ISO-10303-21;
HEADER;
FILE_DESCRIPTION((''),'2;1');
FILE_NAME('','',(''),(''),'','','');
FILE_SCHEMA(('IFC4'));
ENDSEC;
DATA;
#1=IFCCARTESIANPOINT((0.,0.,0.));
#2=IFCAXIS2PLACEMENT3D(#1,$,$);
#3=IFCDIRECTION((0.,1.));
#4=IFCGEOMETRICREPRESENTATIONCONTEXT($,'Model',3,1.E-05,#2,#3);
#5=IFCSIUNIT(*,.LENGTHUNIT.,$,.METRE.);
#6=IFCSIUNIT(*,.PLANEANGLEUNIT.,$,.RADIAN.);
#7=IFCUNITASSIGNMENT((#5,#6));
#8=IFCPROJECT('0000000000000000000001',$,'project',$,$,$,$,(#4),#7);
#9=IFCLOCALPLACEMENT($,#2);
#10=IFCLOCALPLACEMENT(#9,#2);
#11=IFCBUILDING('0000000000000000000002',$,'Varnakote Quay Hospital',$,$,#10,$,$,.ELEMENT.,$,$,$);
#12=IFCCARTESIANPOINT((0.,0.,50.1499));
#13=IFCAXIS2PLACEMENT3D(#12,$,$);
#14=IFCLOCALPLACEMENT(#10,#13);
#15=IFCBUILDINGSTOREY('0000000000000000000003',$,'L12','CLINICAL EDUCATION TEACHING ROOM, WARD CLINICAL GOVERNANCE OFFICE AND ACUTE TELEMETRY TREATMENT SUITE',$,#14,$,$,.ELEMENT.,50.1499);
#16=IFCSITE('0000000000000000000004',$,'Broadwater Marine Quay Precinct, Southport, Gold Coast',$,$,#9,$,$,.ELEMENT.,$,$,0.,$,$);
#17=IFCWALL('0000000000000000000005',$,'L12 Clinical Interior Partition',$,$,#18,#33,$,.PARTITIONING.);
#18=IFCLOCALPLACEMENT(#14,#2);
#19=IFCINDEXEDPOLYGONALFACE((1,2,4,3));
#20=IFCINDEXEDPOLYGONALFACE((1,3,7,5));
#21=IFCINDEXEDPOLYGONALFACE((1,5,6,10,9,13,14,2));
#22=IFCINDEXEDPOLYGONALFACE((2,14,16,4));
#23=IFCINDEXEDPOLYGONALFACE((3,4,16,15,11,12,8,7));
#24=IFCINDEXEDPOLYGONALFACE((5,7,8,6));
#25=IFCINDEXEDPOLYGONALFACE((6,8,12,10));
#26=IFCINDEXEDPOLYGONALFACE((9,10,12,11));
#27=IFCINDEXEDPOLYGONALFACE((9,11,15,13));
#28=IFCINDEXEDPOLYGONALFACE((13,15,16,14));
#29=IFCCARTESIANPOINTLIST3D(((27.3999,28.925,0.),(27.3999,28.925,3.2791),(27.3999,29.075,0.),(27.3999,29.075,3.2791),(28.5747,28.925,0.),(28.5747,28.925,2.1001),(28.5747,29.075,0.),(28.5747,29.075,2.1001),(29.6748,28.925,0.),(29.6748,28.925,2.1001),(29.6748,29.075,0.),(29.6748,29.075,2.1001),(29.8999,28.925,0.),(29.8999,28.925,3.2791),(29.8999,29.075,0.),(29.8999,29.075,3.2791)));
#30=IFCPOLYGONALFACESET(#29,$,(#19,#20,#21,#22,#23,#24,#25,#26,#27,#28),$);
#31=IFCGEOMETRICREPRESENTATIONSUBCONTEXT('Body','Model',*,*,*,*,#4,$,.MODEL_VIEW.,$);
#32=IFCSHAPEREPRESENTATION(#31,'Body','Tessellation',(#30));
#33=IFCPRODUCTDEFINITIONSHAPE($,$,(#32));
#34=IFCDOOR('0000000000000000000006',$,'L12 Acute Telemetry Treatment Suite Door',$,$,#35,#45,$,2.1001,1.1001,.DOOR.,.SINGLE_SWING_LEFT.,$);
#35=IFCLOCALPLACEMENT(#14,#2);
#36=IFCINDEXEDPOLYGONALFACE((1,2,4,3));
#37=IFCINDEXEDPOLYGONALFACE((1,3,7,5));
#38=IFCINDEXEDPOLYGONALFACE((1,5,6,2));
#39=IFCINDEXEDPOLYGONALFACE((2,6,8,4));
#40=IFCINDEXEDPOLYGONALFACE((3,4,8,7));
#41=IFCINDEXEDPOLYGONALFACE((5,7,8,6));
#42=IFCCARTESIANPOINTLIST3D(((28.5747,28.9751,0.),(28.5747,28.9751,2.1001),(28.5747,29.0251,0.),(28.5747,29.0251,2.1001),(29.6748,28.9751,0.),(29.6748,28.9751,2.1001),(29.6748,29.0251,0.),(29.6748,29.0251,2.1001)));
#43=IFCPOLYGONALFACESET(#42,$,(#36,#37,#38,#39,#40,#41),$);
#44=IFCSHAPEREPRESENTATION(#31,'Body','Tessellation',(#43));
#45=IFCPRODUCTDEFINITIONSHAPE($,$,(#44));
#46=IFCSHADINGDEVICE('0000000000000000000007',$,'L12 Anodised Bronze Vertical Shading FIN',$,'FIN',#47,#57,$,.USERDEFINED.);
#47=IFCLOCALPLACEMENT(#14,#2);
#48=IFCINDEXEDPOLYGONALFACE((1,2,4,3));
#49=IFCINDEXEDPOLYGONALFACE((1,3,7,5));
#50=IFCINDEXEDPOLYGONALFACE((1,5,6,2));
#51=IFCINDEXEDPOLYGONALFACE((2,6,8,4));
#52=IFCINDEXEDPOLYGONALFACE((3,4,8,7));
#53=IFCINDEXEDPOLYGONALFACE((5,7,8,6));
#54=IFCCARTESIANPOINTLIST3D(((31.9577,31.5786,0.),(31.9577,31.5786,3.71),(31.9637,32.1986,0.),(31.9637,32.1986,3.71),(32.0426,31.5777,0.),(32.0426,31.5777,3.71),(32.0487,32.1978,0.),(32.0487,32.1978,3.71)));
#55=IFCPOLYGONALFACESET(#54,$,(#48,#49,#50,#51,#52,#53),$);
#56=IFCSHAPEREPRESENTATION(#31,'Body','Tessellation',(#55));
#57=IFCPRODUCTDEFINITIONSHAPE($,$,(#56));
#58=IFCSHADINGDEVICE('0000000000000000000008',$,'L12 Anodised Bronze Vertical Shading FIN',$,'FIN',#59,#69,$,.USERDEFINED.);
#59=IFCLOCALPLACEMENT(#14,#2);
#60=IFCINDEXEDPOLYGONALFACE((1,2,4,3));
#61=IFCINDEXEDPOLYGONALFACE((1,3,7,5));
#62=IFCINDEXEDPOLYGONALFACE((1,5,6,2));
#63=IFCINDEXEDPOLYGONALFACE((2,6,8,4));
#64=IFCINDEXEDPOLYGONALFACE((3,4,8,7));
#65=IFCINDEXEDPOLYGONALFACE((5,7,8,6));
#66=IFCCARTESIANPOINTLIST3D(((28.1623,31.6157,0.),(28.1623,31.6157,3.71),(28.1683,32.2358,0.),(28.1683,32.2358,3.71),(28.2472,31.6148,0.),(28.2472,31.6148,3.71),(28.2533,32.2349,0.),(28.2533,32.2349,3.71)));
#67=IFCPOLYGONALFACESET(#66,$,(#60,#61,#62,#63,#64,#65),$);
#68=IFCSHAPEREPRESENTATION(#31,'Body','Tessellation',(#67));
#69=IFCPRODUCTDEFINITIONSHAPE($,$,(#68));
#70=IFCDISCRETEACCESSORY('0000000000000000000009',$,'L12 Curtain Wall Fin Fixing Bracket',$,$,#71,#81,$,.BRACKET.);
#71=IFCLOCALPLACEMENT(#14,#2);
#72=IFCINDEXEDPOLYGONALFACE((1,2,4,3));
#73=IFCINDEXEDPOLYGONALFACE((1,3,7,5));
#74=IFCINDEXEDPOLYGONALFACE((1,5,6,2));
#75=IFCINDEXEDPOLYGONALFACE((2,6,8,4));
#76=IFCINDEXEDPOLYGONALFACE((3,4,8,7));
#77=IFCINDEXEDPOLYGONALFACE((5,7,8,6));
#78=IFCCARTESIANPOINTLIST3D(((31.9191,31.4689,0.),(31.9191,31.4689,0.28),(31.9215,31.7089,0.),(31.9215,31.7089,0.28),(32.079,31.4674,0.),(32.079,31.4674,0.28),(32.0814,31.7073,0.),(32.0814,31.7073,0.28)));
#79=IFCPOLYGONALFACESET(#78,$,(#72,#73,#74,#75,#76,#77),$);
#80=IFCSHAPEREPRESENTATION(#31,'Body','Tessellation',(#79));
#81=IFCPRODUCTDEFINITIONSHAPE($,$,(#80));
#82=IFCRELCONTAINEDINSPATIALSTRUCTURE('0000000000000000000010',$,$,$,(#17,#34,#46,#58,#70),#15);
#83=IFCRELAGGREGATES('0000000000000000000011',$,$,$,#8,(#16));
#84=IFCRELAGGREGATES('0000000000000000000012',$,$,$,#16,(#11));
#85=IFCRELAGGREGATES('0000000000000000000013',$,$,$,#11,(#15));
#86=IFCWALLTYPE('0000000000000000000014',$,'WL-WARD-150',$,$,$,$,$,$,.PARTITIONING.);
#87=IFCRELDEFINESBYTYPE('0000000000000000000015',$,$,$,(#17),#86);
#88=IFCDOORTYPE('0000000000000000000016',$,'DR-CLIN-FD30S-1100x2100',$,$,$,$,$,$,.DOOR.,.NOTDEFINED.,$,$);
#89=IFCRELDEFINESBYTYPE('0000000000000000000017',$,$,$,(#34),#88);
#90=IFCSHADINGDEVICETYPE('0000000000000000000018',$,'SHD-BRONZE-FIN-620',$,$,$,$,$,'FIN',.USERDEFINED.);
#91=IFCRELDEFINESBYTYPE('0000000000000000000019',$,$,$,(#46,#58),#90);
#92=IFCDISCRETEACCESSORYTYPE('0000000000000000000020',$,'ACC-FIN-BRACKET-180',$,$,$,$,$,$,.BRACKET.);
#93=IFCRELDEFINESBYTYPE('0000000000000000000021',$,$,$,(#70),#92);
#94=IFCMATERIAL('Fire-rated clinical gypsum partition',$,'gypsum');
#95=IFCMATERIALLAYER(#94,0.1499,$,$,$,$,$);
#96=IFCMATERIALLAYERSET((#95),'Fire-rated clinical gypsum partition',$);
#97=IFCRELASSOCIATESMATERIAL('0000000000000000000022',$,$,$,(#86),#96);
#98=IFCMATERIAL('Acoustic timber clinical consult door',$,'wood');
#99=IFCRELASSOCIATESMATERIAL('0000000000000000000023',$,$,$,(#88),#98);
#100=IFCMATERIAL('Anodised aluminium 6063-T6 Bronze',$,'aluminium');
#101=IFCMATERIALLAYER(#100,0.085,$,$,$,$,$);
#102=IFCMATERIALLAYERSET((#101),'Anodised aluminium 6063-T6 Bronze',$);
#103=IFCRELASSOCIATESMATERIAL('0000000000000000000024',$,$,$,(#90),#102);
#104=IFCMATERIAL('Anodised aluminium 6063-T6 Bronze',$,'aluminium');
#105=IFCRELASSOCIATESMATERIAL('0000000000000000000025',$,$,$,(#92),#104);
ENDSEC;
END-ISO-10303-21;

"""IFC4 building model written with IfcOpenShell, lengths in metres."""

from ifc_helpers import new_model, si_unit, direction, frame, frame_2d, origin, origin_2d, place, context, subcontext, project, spatial, rectangle, extrude, material, layer, layer_set, type_object, element, fill, save


model = new_model("IFC4")

# Units and contexts
model_context = context("Model", 3, precision=1e-05, world=origin(), true_north=direction((0.0, 1.0)))
body_context = subcontext(model_context, "Body", "Model", "MODEL_VIEW")
ifc_project = project(units=[si_unit("LENGTHUNIT", "METRE"), si_unit("PLANEANGLEUNIT", "RADIAN")], contexts=[model_context])

# Site, building, storey
site_placement = place(None, origin())
site = spatial("IfcSite", under=ifc_project, at=site_placement, Name="Broadwater Marine Quay Precinct, Southport, Gold Coast", CompositionType="ELEMENT", RefElevation=0.0)
building_placement = place(site_placement, origin())
building = spatial("IfcBuilding", under=site, at=building_placement, Name="Varnakote Quay Hospital", CompositionType="ELEMENT")
storey_placement = place(building_placement, frame((0.0, 0.0, 50.1499)))
storey = spatial("IfcBuildingStorey", under=building, at=storey_placement, Name="L12", Description="CLINICAL EDUCATION TEACHING ROOM, WARD CLINICAL GOVERNANCE OFFICE AND ACUTE TELEMETRY TREATMENT SUITE", CompositionType="ELEMENT", Elevation=50.1499)

# Wall, opening, door
ifc_material_1 = material(Name="Fire-rated clinical gypsum partition", Category="gypsum")
ifc_layer_1 = layer(ifc_material_1, 0.1499)
ifc_layer_set_1 = layer_set([ifc_layer_1], Name="Fire-rated clinical gypsum partition")
wall_type_1 = type_object("IfcWallType", Name="WL-WARD-150", PredefinedType="PARTITIONING", material=ifc_layer_set_1)
ifc_material_2 = material(Name="Acoustic timber clinical consult door", Category="wood")
door_type = type_object("IfcDoorType", Name="DR-CLIN-FD30S-1100x2100", OperationType="NOTDEFINED", PredefinedType="DOOR", material=ifc_material_2)
wall_1_placement = place(storey_placement, frame((29.8999, 29.0, 0.0), z_axis=(0.0, 0.0, 1.0), x_axis=(-1.0, 0.0, 0.0)))
wall_1 = element("IfcWall", 1, at=wall_1_placement, inside=storey, type_object=wall_type_1, Name="L12 Clinical Interior Partition", PredefinedType="PARTITIONING", context=body_context, shape_type="SweptSolid", body=[
    extrude(rectangle(XDim=2.5, YDim=0.1499, at=frame_2d((1.25, 0.0))), origin(), (0.0, 0.0, 1.0), 3.2791),
])
opening_1_placement = place(wall_1_placement, frame((0.2251, 0.0, 0.0)))
opening_1 = element("IfcOpeningElement", 2, at=opening_1_placement, cuts=wall_1, PredefinedType="OPENING", context=body_context, shape_type="SweptSolid", body=[
    extrude(rectangle(XDim=1.1001, YDim=2.1001, at=frame_2d((0.55, 1.05))), frame((0.0, 0.085, 0.0), z_axis=(0.0, -1.0, 0.0), x_axis=(1.0, 0.0, 0.0)), (0.0, 0.0, 1.0), 0.1699),
])
door_1_placement = place(opening_1_placement, origin())
door_1 = element("IfcDoor", 3, at=door_1_placement, inside=storey, type_object=door_type, Name="L12 Acute Telemetry Treatment Suite Door", OperationType="SINGLE_SWING_LEFT", OverallHeight=2.1001, OverallWidth=1.1001, PredefinedType="DOOR", context=body_context, shape_type="SweptSolid", body=[
    extrude(rectangle(XDim=1.1001, YDim=2.1001, at=frame_2d((0.55, 1.05))), frame((0.0, 0.0249, 0.0), z_axis=(0.0, -1.0, 0.0), x_axis=(1.0, 0.0, 0.0)), (0.0, 0.0, 1.0), 0.05),
])
fill(opening_1, door_1)

# Shading devices
ifc_material_3 = material(Name="Anodised aluminium 6063-T6 Bronze", Category="aluminium")
ifc_layer_2 = layer(ifc_material_3, 0.085)
ifc_layer_set_2 = layer_set([ifc_layer_2], Name="Anodised aluminium 6063-T6 Bronze")
shading_device_type = type_object("IfcShadingDeviceType", Name="SHD-BRONZE-FIN-620", ElementType="FIN", PredefinedType="USERDEFINED", material=ifc_layer_set_2)
for number, where, z_axis, x_axis, name in (
    (4, (32.0032, 31.8882, 0.0), (0.0, 0.0, 1.0), (-0.009774, -0.999952, 0.0), "L12 Anodised Bronze Vertical Shading FIN"),
    (5, (28.2078, 31.9253, 0.0), (0.0, 0.0, 1.0), (-0.009774, -0.999952, 0.0), "L12 Anodised Bronze Vertical Shading FIN"),
):
    element("IfcShadingDevice", number, at=place(storey_placement, frame(where, z_axis=z_axis, x_axis=x_axis)), inside=storey, type_object=shading_device_type, Name=name, ObjectType="FIN", PredefinedType="USERDEFINED", context=body_context, shape_type="SweptSolid", body=[
        extrude(rectangle(XDim=0.6201, YDim=0.085, at=origin_2d()), origin(), (0.0, 0.0, 1.0), 3.71),
    ])

# Discrete accessory
ifc_material_4 = material(Name="Anodised aluminium 6063-T6 Bronze", Category="aluminium")
discrete_accessory_type = type_object("IfcDiscreteAccessoryType", Name="ACC-FIN-BRACKET-180", PredefinedType="BRACKET", material=ifc_material_4)
discrete_accessory_placement = place(storey_placement, frame((32.0002, 31.5881, 0.0), z_axis=(0.0, 0.0, 1.0), x_axis=(-0.999952, 0.009774, 0.0)))
element("IfcDiscreteAccessory", 6, at=discrete_accessory_placement, inside=storey, type_object=discrete_accessory_type, Name="L12 Curtain Wall Fin Fixing Bracket", PredefinedType="BRACKET", context=body_context, shape_type="SweptSolid", body=[
    extrude(rectangle(XDim=0.1599, YDim=0.24, at=origin_2d()), origin(), (0.0, 0.0, 1.0), 0.28),
])

save(model, "model.ifc")
